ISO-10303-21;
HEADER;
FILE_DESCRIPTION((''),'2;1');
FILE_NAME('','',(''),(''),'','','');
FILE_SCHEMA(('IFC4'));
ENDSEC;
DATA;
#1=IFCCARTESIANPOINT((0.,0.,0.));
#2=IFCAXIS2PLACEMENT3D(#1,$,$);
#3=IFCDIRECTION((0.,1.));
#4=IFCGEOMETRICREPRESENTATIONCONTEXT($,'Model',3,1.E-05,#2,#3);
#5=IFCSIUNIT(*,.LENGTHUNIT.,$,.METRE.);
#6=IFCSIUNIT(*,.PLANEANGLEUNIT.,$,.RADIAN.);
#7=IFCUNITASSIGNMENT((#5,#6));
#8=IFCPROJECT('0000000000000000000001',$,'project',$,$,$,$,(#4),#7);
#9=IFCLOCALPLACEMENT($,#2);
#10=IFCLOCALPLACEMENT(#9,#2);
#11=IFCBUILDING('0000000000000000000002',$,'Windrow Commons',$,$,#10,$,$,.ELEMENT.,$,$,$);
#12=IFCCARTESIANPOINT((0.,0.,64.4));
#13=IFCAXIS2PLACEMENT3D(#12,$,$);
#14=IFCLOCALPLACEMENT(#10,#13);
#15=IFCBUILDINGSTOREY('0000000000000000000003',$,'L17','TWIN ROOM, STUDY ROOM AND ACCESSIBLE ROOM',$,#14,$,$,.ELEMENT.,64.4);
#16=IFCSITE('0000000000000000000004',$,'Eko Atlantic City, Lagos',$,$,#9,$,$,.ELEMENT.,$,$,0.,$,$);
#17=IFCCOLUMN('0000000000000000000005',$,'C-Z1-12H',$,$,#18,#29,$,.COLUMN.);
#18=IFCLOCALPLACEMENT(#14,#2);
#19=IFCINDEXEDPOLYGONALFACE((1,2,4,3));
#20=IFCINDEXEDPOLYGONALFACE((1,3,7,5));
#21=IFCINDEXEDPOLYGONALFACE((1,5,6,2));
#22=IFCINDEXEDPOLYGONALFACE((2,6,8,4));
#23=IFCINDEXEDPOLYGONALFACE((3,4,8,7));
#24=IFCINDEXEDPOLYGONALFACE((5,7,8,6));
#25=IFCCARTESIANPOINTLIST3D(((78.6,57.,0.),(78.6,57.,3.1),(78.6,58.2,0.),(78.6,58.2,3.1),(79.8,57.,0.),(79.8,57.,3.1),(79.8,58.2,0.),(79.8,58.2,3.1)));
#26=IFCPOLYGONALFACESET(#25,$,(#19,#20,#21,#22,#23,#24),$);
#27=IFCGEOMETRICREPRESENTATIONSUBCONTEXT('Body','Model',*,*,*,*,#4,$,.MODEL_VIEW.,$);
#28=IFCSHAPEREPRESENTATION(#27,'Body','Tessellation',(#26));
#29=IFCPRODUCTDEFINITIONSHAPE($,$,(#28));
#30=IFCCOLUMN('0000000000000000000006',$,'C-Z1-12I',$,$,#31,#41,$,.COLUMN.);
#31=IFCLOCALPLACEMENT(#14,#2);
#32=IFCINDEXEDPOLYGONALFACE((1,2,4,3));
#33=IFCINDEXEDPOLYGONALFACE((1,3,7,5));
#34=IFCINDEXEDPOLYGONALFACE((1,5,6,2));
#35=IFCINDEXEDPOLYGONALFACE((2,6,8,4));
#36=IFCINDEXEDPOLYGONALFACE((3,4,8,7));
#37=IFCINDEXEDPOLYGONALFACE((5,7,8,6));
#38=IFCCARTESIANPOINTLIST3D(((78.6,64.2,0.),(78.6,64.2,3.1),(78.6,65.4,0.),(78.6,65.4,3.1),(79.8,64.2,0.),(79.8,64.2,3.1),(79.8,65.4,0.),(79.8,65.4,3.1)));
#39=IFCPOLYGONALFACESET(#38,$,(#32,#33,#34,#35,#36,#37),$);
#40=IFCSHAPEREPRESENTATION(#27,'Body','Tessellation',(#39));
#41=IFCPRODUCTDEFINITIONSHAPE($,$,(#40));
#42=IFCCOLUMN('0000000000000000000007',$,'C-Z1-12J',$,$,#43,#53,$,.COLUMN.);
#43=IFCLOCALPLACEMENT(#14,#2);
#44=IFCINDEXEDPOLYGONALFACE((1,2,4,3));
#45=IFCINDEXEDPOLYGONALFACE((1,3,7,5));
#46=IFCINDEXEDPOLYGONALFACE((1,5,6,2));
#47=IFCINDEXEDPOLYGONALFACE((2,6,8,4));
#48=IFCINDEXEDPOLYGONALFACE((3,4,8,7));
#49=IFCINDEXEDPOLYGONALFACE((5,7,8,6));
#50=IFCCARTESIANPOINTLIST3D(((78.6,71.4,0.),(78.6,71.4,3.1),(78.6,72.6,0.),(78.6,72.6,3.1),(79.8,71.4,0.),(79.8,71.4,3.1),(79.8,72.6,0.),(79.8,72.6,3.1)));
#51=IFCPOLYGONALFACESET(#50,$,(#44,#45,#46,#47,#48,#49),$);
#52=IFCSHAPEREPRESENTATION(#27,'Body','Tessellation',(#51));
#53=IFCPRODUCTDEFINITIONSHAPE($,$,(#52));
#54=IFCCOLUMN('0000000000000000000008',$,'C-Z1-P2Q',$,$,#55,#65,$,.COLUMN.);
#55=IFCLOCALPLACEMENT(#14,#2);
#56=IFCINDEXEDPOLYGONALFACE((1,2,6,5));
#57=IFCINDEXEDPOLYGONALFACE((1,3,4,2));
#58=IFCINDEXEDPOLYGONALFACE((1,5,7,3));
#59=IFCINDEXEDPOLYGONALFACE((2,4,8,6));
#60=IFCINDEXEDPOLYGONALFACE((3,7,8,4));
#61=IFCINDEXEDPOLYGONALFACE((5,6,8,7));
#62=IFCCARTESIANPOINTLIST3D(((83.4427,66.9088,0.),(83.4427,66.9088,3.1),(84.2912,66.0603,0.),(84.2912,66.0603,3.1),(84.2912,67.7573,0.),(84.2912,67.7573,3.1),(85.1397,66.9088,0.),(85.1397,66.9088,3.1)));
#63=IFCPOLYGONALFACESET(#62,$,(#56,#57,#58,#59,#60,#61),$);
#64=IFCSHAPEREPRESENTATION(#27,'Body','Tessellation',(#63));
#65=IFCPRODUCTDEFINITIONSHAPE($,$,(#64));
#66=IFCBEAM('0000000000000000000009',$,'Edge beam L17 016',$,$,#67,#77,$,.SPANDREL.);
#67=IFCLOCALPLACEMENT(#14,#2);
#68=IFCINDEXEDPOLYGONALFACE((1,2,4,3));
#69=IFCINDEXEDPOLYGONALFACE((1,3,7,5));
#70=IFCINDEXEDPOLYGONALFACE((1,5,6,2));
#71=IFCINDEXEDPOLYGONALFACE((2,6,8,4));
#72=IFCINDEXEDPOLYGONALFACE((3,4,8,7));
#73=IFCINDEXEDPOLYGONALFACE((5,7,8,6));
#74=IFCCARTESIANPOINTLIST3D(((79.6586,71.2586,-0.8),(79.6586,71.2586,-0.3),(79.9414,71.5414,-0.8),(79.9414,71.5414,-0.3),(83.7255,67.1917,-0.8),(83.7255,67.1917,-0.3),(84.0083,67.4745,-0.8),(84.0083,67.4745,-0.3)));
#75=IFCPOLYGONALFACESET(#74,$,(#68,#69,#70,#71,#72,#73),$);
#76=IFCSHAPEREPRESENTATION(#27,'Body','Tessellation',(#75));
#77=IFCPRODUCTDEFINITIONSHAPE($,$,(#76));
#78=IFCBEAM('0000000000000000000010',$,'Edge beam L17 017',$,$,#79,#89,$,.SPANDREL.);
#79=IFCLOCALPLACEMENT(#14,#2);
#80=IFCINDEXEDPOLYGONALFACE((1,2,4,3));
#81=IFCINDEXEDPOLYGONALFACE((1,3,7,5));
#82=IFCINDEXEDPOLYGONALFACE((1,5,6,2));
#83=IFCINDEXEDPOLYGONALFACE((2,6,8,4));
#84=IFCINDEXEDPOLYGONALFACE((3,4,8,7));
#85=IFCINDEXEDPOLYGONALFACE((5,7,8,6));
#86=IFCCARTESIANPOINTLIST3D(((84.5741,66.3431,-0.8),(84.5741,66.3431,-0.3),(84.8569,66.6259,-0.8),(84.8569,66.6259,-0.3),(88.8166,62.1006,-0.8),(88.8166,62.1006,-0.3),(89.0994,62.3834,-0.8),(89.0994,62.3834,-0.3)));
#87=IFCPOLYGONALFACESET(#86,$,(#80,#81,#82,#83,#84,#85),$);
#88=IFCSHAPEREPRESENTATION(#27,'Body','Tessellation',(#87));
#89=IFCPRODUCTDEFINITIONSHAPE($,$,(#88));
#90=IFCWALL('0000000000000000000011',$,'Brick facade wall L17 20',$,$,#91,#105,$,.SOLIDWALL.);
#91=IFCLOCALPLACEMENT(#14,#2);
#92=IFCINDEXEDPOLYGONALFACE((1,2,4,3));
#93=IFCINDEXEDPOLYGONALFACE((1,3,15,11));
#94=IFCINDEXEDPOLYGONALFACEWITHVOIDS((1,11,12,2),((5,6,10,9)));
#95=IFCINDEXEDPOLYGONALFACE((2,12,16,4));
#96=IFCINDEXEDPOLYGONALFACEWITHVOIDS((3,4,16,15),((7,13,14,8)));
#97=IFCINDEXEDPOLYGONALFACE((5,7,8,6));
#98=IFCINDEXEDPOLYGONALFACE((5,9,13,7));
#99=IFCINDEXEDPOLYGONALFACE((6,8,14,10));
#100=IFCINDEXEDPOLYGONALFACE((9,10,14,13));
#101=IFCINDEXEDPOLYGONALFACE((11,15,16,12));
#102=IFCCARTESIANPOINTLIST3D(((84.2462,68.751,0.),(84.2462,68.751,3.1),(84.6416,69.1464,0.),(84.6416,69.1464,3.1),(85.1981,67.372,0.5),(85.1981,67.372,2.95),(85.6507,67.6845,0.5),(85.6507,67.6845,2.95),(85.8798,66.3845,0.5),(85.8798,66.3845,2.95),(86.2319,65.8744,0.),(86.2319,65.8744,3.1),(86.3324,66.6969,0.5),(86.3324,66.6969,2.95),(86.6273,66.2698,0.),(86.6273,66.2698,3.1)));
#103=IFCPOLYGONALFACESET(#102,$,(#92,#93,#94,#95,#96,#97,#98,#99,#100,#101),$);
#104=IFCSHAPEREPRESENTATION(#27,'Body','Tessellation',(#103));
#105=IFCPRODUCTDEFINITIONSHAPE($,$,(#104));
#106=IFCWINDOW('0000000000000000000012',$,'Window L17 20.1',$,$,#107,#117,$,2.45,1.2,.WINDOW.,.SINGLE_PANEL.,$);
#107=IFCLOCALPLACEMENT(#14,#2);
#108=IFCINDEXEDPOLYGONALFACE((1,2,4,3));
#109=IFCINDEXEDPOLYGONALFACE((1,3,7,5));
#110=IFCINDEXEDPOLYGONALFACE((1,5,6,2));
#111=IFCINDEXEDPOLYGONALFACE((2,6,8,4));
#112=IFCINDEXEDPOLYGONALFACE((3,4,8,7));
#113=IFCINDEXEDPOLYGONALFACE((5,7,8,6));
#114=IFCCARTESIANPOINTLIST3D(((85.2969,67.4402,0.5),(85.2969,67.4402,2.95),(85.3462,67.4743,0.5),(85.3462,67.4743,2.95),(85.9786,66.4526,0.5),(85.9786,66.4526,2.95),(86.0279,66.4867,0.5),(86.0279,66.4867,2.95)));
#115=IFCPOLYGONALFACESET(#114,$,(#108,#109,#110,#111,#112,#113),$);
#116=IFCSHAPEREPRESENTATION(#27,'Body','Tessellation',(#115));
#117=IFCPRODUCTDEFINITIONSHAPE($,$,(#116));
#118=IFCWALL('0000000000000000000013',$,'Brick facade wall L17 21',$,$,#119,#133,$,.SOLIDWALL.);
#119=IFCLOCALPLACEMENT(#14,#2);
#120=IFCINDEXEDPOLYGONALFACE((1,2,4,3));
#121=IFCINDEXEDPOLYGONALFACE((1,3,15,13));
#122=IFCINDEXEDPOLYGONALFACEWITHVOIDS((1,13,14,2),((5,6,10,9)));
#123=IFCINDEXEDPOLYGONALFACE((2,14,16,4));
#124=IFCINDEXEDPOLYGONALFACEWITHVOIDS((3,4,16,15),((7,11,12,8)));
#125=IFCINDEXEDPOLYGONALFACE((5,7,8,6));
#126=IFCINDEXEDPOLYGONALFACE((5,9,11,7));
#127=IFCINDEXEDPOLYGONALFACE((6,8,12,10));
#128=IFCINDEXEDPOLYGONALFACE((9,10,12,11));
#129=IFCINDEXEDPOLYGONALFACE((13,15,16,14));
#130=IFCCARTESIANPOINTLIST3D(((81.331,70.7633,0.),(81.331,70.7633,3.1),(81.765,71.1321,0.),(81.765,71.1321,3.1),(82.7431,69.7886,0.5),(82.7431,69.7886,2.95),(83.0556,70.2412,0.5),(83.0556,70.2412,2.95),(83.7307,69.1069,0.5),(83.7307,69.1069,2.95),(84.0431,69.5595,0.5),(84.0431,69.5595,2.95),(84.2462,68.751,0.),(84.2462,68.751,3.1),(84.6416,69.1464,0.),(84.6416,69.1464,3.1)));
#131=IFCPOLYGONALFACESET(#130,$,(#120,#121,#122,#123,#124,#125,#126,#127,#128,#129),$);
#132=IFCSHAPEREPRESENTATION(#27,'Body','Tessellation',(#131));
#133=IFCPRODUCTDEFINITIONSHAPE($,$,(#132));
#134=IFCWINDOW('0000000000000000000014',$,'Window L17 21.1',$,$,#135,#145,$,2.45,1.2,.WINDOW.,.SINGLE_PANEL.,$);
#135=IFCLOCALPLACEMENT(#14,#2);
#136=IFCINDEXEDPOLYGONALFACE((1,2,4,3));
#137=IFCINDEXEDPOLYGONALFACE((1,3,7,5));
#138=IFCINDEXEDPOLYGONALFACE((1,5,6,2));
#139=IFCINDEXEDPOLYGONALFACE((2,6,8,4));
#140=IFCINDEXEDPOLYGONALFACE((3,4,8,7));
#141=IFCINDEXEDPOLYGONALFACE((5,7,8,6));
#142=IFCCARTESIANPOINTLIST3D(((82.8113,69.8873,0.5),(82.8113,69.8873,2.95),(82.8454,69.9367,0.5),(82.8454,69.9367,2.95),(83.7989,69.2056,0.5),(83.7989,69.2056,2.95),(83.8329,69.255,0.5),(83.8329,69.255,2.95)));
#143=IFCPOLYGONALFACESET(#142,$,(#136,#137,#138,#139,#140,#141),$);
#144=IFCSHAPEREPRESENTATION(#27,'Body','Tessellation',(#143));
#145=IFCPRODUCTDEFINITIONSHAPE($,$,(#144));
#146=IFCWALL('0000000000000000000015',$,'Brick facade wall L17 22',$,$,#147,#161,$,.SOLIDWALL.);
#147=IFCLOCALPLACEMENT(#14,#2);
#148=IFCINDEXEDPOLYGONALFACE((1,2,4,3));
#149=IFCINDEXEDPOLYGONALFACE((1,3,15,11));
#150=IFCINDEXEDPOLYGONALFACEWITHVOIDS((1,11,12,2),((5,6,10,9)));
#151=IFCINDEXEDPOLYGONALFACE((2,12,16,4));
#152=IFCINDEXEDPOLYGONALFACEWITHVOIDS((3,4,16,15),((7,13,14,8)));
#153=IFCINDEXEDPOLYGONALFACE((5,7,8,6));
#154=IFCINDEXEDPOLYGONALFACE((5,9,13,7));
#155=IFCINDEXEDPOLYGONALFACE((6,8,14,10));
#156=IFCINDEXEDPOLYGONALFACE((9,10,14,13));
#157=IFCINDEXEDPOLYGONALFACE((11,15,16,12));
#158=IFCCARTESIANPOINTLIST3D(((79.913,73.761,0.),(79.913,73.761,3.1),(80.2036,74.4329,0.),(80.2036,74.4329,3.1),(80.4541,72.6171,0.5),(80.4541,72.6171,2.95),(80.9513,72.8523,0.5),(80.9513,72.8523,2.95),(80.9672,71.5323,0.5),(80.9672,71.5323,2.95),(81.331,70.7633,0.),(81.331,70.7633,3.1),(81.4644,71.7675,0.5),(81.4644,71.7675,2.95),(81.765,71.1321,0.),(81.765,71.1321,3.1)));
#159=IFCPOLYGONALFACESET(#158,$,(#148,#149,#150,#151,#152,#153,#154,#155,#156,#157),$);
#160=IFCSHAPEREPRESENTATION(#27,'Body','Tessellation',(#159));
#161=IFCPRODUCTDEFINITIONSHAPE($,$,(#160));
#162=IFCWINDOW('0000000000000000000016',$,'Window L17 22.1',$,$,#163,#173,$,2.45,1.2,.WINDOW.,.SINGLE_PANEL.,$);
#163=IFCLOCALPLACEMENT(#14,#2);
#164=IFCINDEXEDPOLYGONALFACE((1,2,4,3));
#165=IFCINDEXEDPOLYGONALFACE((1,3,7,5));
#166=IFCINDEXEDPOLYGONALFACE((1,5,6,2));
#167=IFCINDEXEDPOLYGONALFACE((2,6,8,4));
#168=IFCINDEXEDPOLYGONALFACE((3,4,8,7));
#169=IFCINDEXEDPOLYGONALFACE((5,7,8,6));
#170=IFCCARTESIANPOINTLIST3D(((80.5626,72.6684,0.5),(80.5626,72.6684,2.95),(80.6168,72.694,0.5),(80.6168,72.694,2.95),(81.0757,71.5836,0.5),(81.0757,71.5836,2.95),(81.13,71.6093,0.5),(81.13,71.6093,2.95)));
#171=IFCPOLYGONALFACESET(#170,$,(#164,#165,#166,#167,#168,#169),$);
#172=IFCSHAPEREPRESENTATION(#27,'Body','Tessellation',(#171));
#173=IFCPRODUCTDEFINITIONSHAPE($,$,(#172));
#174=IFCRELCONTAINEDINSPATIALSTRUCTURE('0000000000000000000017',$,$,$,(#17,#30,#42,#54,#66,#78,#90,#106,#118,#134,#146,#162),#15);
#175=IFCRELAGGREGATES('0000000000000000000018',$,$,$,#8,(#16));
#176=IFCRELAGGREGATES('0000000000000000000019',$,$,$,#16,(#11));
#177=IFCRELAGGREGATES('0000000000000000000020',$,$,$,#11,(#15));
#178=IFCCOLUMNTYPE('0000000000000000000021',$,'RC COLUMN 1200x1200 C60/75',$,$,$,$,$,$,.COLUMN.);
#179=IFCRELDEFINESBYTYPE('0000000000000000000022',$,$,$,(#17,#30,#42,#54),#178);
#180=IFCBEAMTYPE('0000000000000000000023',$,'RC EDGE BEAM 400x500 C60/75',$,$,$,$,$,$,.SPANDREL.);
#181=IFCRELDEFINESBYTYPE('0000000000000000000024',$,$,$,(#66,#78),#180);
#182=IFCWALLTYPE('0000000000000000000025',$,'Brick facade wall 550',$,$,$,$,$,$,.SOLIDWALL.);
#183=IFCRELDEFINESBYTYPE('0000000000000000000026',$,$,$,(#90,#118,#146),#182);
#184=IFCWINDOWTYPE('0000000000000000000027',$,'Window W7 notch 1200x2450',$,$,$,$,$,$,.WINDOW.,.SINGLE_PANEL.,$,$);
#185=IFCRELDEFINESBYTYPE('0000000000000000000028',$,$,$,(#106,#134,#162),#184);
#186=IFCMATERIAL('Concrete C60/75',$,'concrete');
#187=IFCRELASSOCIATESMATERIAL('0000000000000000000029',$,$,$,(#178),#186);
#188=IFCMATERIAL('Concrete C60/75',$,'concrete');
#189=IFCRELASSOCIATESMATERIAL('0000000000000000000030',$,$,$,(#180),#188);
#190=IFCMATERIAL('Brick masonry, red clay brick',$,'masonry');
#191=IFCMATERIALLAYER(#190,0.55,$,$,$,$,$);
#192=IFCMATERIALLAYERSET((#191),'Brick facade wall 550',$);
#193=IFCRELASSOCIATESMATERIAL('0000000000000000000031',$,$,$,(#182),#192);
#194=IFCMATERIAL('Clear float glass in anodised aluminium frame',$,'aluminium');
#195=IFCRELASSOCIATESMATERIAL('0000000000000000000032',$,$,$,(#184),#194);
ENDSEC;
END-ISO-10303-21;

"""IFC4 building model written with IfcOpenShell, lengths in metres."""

from ifc_helpers import new_model, si_unit, direction, frame, frame_2d, origin, origin_2d, place, context, subcontext, project, spatial, polyline, rectangle, outline, extrude, material, layer, layer_set, material_profile, profile_set, type_object, element, fill, save


model = new_model("IFC4")

# Units and contexts
model_context = context("Model", 3, precision=1e-05, world=origin(), true_north=direction((0.0, 1.0)))
body_context = subcontext(model_context, "Body", "Model", "MODEL_VIEW")
ifc_project = project(units=[si_unit("LENGTHUNIT", "METRE"), si_unit("PLANEANGLEUNIT", "RADIAN")], contexts=[model_context])

# Site, building, storey
site_placement = place(None, origin())
site = spatial("IfcSite", under=ifc_project, at=site_placement, Name="Eko Atlantic City, Lagos", CompositionType="ELEMENT", RefElevation=0.0)
building_placement = place(site_placement, origin())
building = spatial("IfcBuilding", under=site, at=building_placement, Name="Windrow Commons", CompositionType="ELEMENT")
storey_placement = place(building_placement, frame((0.0, 0.0, 64.4)))
storey = spatial("IfcBuildingStorey", under=building, at=storey_placement, Name="L17", Description="TWIN ROOM, STUDY ROOM AND ACCESSIBLE ROOM", CompositionType="ELEMENT", Elevation=64.4)

# Columns
ifc_material_1 = material(Name="Concrete C60/75", Category="concrete")
ifc_material_profile_1 = material_profile(ifc_material_1, rectangle(XDim=1.2, YDim=1.2, at=origin_2d()))
ifc_profile_set_1 = profile_set([ifc_material_profile_1], Name="Concrete C60/75")
column_type = type_object("IfcColumnType", Name="RC COLUMN 1200x1200 C60/75", PredefinedType="COLUMN", material=ifc_profile_set_1)
for number, where, z_axis, x_axis, name in (
    (1, (79.2, 57.6, 0.0), (0.0, 0.0, 1.0), (1.0, 0.0, 0.0), "C-Z1-12H"),
    (2, (79.2, 64.8, 0.0), (0.0, 0.0, 1.0), (1.0, 0.0, 0.0), "C-Z1-12I"),
    (3, (79.2, 72.0, 0.0), (0.0, 0.0, 1.0), (1.0, 0.0, 0.0), "C-Z1-12J"),
    (4, (84.2912, 66.9088, 0.0), (0.0, 0.0, 1.0), (0.707107, -0.707107, 0.0), "C-Z1-P2Q"),
):
    element("IfcColumn", number, at=place(storey_placement, frame(where, z_axis=z_axis, x_axis=x_axis)), inside=storey, type_object=column_type, Name=name, PredefinedType="COLUMN", context=body_context, shape_type="SweptSolid", body=[
        extrude(rectangle(XDim=1.2, YDim=1.2, at=origin_2d()), origin(), (0.0, 0.0, 1.0), 3.1),
    ])

# Beams
ifc_material_2 = material(Name="Concrete C60/75", Category="concrete")
ifc_material_profile_2 = material_profile(ifc_material_2, rectangle(XDim=0.4, YDim=0.5, at=origin_2d()))
ifc_profile_set_2 = profile_set([ifc_material_profile_2], Name="Concrete C60/75")
beam_type = type_object("IfcBeamType", Name="RC EDGE BEAM 400x500 C60/75", PredefinedType="SPANDREL", material=ifc_profile_set_2)
beam_1_placement = place(storey_placement, frame((79.8, 71.4, -0.55), z_axis=(0.707107, -0.707107, 0.0), x_axis=(0.707107, 0.707107, 0.0)))
element("IfcBeam", 5, at=beam_1_placement, inside=storey, type_object=beam_type, Name="Edge beam L17 016", PredefinedType="SPANDREL", context=body_context, shape_type="SweptSolid", body=[
    extrude(rectangle(XDim=0.4, YDim=0.5, at=origin_2d()), origin(), (0.0, 0.0, 1.0), 5.7515),
])
beam_2_placement = place(storey_placement, frame((84.7155, 66.4845, -0.55), z_axis=(0.707107, -0.707107, 0.0), x_axis=(0.707107, 0.707107, 0.0)))
element("IfcBeam", 6, at=beam_2_placement, inside=storey, type_object=beam_type, Name="Edge beam L17 017", PredefinedType="SPANDREL", context=body_context, shape_type="SweptSolid", body=[
    extrude(rectangle(XDim=0.4, YDim=0.5, at=origin_2d()), origin(), (0.0, 0.0, 1.0), 5.9998),
])

# Walls, openings, windows
ifc_material_3 = material(Name="Brick masonry, red clay brick", Category="masonry")
ifc_layer_1 = layer(ifc_material_3, 0.55)
ifc_layer_set_1 = layer_set([ifc_layer_1], Name="Brick facade wall 550")
wall_type_1 = type_object("IfcWallType", Name="Brick facade wall 550", PredefinedType="SOLIDWALL", material=ifc_layer_set_1)
wall_1_placement = place(storey_placement, frame((86.4296, 66.0721, 0.0), z_axis=(0.0, 0.0, 1.0), x_axis=(-0.568089, 0.822967, 0.0)))
wall_1 = element("IfcWall", 7, at=wall_1_placement, inside=storey, type_object=wall_type_1, Name="Brick facade wall L17 20", PredefinedType="SOLIDWALL", context=body_context, shape_type="SweptSolid", body=[
    extrude(outline(polyline([(0.0504, -0.275), (3.5458, -0.275), (3.445, 0.275), (-0.0504, 0.275), (0.0504, -0.275)])), origin(), (0.0, 0.0, 1.0), 3.1),
])
opening_1_placement = place(wall_1_placement, frame((0.5694, 0.0, 0.5)))
opening_1 = element("IfcOpeningElement", 8, at=opening_1_placement, cuts=wall_1, PredefinedType="OPENING", context=body_context, shape_type="SweptSolid", body=[
    extrude(rectangle(XDim=1.2, YDim=2.45, at=frame_2d((0.6, 1.225))), frame((0.0, 0.285, 0.0), z_axis=(0.0, -1.0, 0.0), x_axis=(1.0, 0.0, 0.0)), (0.0, 0.0, 1.0), 0.57),
])
ifc_material_4 = material(Name="Clear float glass in anodised aluminium frame", Category="aluminium")
window_type = type_object("IfcWindowType", Name="Window W7 notch 1200x2450", PartitioningType="SINGLE_PANEL", PredefinedType="WINDOW", material=ifc_material_4)
window_1_placement = place(opening_1_placement, origin())
window_1 = element("IfcWindow", 9, at=window_1_placement, inside=storey, type_object=window_type, Name="Window L17 20.1", OverallHeight=2.45, OverallWidth=1.2, PartitioningType="SINGLE_PANEL", PredefinedType="WINDOW", context=body_context, shape_type="SweptSolid", body=[
    extrude(rectangle(XDim=1.2, YDim=2.45, at=frame_2d((0.6, 1.225))), frame((0.0, 0.155, 0.0), z_axis=(0.0, -1.0, 0.0), x_axis=(1.0, 0.0, 0.0)), (0.0, 0.0, 1.0), 0.06),
])
fill(opening_1, window_1)
wall_2_placement = place(storey_placement, frame((84.4439, 68.9487, 0.0), z_axis=(0.0, 0.0, 1.0), x_axis=(-0.82297, 0.568085, 0.0)))
wall_2 = element("IfcWall", 10, at=wall_2_placement, inside=storey, type_object=wall_type_1, Name="Brick facade wall L17 21", PredefinedType="SOLIDWALL", context=body_context, shape_type="SweptSolid", body=[
    extrude(outline(polyline([(-0.0504, -0.275), (3.445, -0.275), (3.5927, 0.275), (0.0504, 0.275), (-0.0504, -0.275)])), origin(), (0.0, 0.0, 1.0), 3.1),
])
opening_2_placement = place(wall_2_placement, frame((0.6768, 0.0, 0.5)))
opening_2 = element("IfcOpeningElement", 11, at=opening_2_placement, cuts=wall_2, PredefinedType="OPENING", context=body_context, shape_type="SweptSolid", body=[
    extrude(rectangle(XDim=1.2, YDim=2.45, at=frame_2d((0.6, 1.225))), frame((0.0, 0.285, 0.0), z_axis=(0.0, -1.0, 0.0), x_axis=(1.0, 0.0, 0.0)), (0.0, 0.0, 1.0), 0.57),
])
window_2_placement = place(opening_2_placement, origin())
window_2 = element("IfcWindow", 12, at=window_2_placement, inside=storey, type_object=window_type, Name="Window L17 21.1", OverallHeight=2.45, OverallWidth=1.2, PartitioningType="SINGLE_PANEL", PredefinedType="WINDOW", context=body_context, shape_type="SweptSolid", body=[
    extrude(rectangle(XDim=1.2, YDim=2.45, at=frame_2d((0.6, 1.225))), frame((0.0, 0.155, 0.0), z_axis=(0.0, -1.0, 0.0), x_axis=(1.0, 0.0, 0.0)), (0.0, 0.0, 1.0), 0.06),
])
fill(opening_2, window_2)
wall_3_placement = place(storey_placement, frame((81.548, 70.9477, 0.0), z_axis=(0.0, 0.0, 1.0), x_axis=(-0.4276, 0.903968, 0.0)))
wall_3 = element("IfcWall", 13, at=wall_3_placement, inside=storey, type_object=wall_type_1, Name="Brick facade wall L17 22", PredefinedType="SOLIDWALL", context=body_context, shape_type="SweptSolid", body=[
    extrude(outline(polyline([(0.0739, -0.275), (3.7254, -0.275), (3.2423, 0.275), (-0.0739, 0.275), (0.0739, -0.275)])), origin(), (0.0, 0.0, 1.0), 3.1),
])
opening_3_placement = place(wall_3_placement, frame((0.7768, 0.0, 0.5)))
opening_3 = element("IfcOpeningElement", 14, at=opening_3_placement, cuts=wall_3, PredefinedType="OPENING", context=body_context, shape_type="SweptSolid", body=[
    extrude(rectangle(XDim=1.2, YDim=2.45, at=frame_2d((0.6, 1.225))), frame((0.0, 0.285, 0.0), z_axis=(0.0, -1.0, 0.0), x_axis=(1.0, 0.0, 0.0)), (0.0, 0.0, 1.0), 0.57),
])
window_3_placement = place(opening_3_placement, origin())
window_3 = element("IfcWindow", 15, at=window_3_placement, inside=storey, type_object=window_type, Name="Window L17 22.1", OverallHeight=2.45, OverallWidth=1.2, PartitioningType="SINGLE_PANEL", PredefinedType="WINDOW", context=body_context, shape_type="SweptSolid", body=[
    extrude(rectangle(XDim=1.2, YDim=2.45, at=frame_2d((0.6, 1.225))), frame((0.0, 0.155, 0.0), z_axis=(0.0, -1.0, 0.0), x_axis=(1.0, 0.0, 0.0)), (0.0, 0.0, 1.0), 0.06),
])
fill(opening_3, window_3)

save(model, "model.ifc")
